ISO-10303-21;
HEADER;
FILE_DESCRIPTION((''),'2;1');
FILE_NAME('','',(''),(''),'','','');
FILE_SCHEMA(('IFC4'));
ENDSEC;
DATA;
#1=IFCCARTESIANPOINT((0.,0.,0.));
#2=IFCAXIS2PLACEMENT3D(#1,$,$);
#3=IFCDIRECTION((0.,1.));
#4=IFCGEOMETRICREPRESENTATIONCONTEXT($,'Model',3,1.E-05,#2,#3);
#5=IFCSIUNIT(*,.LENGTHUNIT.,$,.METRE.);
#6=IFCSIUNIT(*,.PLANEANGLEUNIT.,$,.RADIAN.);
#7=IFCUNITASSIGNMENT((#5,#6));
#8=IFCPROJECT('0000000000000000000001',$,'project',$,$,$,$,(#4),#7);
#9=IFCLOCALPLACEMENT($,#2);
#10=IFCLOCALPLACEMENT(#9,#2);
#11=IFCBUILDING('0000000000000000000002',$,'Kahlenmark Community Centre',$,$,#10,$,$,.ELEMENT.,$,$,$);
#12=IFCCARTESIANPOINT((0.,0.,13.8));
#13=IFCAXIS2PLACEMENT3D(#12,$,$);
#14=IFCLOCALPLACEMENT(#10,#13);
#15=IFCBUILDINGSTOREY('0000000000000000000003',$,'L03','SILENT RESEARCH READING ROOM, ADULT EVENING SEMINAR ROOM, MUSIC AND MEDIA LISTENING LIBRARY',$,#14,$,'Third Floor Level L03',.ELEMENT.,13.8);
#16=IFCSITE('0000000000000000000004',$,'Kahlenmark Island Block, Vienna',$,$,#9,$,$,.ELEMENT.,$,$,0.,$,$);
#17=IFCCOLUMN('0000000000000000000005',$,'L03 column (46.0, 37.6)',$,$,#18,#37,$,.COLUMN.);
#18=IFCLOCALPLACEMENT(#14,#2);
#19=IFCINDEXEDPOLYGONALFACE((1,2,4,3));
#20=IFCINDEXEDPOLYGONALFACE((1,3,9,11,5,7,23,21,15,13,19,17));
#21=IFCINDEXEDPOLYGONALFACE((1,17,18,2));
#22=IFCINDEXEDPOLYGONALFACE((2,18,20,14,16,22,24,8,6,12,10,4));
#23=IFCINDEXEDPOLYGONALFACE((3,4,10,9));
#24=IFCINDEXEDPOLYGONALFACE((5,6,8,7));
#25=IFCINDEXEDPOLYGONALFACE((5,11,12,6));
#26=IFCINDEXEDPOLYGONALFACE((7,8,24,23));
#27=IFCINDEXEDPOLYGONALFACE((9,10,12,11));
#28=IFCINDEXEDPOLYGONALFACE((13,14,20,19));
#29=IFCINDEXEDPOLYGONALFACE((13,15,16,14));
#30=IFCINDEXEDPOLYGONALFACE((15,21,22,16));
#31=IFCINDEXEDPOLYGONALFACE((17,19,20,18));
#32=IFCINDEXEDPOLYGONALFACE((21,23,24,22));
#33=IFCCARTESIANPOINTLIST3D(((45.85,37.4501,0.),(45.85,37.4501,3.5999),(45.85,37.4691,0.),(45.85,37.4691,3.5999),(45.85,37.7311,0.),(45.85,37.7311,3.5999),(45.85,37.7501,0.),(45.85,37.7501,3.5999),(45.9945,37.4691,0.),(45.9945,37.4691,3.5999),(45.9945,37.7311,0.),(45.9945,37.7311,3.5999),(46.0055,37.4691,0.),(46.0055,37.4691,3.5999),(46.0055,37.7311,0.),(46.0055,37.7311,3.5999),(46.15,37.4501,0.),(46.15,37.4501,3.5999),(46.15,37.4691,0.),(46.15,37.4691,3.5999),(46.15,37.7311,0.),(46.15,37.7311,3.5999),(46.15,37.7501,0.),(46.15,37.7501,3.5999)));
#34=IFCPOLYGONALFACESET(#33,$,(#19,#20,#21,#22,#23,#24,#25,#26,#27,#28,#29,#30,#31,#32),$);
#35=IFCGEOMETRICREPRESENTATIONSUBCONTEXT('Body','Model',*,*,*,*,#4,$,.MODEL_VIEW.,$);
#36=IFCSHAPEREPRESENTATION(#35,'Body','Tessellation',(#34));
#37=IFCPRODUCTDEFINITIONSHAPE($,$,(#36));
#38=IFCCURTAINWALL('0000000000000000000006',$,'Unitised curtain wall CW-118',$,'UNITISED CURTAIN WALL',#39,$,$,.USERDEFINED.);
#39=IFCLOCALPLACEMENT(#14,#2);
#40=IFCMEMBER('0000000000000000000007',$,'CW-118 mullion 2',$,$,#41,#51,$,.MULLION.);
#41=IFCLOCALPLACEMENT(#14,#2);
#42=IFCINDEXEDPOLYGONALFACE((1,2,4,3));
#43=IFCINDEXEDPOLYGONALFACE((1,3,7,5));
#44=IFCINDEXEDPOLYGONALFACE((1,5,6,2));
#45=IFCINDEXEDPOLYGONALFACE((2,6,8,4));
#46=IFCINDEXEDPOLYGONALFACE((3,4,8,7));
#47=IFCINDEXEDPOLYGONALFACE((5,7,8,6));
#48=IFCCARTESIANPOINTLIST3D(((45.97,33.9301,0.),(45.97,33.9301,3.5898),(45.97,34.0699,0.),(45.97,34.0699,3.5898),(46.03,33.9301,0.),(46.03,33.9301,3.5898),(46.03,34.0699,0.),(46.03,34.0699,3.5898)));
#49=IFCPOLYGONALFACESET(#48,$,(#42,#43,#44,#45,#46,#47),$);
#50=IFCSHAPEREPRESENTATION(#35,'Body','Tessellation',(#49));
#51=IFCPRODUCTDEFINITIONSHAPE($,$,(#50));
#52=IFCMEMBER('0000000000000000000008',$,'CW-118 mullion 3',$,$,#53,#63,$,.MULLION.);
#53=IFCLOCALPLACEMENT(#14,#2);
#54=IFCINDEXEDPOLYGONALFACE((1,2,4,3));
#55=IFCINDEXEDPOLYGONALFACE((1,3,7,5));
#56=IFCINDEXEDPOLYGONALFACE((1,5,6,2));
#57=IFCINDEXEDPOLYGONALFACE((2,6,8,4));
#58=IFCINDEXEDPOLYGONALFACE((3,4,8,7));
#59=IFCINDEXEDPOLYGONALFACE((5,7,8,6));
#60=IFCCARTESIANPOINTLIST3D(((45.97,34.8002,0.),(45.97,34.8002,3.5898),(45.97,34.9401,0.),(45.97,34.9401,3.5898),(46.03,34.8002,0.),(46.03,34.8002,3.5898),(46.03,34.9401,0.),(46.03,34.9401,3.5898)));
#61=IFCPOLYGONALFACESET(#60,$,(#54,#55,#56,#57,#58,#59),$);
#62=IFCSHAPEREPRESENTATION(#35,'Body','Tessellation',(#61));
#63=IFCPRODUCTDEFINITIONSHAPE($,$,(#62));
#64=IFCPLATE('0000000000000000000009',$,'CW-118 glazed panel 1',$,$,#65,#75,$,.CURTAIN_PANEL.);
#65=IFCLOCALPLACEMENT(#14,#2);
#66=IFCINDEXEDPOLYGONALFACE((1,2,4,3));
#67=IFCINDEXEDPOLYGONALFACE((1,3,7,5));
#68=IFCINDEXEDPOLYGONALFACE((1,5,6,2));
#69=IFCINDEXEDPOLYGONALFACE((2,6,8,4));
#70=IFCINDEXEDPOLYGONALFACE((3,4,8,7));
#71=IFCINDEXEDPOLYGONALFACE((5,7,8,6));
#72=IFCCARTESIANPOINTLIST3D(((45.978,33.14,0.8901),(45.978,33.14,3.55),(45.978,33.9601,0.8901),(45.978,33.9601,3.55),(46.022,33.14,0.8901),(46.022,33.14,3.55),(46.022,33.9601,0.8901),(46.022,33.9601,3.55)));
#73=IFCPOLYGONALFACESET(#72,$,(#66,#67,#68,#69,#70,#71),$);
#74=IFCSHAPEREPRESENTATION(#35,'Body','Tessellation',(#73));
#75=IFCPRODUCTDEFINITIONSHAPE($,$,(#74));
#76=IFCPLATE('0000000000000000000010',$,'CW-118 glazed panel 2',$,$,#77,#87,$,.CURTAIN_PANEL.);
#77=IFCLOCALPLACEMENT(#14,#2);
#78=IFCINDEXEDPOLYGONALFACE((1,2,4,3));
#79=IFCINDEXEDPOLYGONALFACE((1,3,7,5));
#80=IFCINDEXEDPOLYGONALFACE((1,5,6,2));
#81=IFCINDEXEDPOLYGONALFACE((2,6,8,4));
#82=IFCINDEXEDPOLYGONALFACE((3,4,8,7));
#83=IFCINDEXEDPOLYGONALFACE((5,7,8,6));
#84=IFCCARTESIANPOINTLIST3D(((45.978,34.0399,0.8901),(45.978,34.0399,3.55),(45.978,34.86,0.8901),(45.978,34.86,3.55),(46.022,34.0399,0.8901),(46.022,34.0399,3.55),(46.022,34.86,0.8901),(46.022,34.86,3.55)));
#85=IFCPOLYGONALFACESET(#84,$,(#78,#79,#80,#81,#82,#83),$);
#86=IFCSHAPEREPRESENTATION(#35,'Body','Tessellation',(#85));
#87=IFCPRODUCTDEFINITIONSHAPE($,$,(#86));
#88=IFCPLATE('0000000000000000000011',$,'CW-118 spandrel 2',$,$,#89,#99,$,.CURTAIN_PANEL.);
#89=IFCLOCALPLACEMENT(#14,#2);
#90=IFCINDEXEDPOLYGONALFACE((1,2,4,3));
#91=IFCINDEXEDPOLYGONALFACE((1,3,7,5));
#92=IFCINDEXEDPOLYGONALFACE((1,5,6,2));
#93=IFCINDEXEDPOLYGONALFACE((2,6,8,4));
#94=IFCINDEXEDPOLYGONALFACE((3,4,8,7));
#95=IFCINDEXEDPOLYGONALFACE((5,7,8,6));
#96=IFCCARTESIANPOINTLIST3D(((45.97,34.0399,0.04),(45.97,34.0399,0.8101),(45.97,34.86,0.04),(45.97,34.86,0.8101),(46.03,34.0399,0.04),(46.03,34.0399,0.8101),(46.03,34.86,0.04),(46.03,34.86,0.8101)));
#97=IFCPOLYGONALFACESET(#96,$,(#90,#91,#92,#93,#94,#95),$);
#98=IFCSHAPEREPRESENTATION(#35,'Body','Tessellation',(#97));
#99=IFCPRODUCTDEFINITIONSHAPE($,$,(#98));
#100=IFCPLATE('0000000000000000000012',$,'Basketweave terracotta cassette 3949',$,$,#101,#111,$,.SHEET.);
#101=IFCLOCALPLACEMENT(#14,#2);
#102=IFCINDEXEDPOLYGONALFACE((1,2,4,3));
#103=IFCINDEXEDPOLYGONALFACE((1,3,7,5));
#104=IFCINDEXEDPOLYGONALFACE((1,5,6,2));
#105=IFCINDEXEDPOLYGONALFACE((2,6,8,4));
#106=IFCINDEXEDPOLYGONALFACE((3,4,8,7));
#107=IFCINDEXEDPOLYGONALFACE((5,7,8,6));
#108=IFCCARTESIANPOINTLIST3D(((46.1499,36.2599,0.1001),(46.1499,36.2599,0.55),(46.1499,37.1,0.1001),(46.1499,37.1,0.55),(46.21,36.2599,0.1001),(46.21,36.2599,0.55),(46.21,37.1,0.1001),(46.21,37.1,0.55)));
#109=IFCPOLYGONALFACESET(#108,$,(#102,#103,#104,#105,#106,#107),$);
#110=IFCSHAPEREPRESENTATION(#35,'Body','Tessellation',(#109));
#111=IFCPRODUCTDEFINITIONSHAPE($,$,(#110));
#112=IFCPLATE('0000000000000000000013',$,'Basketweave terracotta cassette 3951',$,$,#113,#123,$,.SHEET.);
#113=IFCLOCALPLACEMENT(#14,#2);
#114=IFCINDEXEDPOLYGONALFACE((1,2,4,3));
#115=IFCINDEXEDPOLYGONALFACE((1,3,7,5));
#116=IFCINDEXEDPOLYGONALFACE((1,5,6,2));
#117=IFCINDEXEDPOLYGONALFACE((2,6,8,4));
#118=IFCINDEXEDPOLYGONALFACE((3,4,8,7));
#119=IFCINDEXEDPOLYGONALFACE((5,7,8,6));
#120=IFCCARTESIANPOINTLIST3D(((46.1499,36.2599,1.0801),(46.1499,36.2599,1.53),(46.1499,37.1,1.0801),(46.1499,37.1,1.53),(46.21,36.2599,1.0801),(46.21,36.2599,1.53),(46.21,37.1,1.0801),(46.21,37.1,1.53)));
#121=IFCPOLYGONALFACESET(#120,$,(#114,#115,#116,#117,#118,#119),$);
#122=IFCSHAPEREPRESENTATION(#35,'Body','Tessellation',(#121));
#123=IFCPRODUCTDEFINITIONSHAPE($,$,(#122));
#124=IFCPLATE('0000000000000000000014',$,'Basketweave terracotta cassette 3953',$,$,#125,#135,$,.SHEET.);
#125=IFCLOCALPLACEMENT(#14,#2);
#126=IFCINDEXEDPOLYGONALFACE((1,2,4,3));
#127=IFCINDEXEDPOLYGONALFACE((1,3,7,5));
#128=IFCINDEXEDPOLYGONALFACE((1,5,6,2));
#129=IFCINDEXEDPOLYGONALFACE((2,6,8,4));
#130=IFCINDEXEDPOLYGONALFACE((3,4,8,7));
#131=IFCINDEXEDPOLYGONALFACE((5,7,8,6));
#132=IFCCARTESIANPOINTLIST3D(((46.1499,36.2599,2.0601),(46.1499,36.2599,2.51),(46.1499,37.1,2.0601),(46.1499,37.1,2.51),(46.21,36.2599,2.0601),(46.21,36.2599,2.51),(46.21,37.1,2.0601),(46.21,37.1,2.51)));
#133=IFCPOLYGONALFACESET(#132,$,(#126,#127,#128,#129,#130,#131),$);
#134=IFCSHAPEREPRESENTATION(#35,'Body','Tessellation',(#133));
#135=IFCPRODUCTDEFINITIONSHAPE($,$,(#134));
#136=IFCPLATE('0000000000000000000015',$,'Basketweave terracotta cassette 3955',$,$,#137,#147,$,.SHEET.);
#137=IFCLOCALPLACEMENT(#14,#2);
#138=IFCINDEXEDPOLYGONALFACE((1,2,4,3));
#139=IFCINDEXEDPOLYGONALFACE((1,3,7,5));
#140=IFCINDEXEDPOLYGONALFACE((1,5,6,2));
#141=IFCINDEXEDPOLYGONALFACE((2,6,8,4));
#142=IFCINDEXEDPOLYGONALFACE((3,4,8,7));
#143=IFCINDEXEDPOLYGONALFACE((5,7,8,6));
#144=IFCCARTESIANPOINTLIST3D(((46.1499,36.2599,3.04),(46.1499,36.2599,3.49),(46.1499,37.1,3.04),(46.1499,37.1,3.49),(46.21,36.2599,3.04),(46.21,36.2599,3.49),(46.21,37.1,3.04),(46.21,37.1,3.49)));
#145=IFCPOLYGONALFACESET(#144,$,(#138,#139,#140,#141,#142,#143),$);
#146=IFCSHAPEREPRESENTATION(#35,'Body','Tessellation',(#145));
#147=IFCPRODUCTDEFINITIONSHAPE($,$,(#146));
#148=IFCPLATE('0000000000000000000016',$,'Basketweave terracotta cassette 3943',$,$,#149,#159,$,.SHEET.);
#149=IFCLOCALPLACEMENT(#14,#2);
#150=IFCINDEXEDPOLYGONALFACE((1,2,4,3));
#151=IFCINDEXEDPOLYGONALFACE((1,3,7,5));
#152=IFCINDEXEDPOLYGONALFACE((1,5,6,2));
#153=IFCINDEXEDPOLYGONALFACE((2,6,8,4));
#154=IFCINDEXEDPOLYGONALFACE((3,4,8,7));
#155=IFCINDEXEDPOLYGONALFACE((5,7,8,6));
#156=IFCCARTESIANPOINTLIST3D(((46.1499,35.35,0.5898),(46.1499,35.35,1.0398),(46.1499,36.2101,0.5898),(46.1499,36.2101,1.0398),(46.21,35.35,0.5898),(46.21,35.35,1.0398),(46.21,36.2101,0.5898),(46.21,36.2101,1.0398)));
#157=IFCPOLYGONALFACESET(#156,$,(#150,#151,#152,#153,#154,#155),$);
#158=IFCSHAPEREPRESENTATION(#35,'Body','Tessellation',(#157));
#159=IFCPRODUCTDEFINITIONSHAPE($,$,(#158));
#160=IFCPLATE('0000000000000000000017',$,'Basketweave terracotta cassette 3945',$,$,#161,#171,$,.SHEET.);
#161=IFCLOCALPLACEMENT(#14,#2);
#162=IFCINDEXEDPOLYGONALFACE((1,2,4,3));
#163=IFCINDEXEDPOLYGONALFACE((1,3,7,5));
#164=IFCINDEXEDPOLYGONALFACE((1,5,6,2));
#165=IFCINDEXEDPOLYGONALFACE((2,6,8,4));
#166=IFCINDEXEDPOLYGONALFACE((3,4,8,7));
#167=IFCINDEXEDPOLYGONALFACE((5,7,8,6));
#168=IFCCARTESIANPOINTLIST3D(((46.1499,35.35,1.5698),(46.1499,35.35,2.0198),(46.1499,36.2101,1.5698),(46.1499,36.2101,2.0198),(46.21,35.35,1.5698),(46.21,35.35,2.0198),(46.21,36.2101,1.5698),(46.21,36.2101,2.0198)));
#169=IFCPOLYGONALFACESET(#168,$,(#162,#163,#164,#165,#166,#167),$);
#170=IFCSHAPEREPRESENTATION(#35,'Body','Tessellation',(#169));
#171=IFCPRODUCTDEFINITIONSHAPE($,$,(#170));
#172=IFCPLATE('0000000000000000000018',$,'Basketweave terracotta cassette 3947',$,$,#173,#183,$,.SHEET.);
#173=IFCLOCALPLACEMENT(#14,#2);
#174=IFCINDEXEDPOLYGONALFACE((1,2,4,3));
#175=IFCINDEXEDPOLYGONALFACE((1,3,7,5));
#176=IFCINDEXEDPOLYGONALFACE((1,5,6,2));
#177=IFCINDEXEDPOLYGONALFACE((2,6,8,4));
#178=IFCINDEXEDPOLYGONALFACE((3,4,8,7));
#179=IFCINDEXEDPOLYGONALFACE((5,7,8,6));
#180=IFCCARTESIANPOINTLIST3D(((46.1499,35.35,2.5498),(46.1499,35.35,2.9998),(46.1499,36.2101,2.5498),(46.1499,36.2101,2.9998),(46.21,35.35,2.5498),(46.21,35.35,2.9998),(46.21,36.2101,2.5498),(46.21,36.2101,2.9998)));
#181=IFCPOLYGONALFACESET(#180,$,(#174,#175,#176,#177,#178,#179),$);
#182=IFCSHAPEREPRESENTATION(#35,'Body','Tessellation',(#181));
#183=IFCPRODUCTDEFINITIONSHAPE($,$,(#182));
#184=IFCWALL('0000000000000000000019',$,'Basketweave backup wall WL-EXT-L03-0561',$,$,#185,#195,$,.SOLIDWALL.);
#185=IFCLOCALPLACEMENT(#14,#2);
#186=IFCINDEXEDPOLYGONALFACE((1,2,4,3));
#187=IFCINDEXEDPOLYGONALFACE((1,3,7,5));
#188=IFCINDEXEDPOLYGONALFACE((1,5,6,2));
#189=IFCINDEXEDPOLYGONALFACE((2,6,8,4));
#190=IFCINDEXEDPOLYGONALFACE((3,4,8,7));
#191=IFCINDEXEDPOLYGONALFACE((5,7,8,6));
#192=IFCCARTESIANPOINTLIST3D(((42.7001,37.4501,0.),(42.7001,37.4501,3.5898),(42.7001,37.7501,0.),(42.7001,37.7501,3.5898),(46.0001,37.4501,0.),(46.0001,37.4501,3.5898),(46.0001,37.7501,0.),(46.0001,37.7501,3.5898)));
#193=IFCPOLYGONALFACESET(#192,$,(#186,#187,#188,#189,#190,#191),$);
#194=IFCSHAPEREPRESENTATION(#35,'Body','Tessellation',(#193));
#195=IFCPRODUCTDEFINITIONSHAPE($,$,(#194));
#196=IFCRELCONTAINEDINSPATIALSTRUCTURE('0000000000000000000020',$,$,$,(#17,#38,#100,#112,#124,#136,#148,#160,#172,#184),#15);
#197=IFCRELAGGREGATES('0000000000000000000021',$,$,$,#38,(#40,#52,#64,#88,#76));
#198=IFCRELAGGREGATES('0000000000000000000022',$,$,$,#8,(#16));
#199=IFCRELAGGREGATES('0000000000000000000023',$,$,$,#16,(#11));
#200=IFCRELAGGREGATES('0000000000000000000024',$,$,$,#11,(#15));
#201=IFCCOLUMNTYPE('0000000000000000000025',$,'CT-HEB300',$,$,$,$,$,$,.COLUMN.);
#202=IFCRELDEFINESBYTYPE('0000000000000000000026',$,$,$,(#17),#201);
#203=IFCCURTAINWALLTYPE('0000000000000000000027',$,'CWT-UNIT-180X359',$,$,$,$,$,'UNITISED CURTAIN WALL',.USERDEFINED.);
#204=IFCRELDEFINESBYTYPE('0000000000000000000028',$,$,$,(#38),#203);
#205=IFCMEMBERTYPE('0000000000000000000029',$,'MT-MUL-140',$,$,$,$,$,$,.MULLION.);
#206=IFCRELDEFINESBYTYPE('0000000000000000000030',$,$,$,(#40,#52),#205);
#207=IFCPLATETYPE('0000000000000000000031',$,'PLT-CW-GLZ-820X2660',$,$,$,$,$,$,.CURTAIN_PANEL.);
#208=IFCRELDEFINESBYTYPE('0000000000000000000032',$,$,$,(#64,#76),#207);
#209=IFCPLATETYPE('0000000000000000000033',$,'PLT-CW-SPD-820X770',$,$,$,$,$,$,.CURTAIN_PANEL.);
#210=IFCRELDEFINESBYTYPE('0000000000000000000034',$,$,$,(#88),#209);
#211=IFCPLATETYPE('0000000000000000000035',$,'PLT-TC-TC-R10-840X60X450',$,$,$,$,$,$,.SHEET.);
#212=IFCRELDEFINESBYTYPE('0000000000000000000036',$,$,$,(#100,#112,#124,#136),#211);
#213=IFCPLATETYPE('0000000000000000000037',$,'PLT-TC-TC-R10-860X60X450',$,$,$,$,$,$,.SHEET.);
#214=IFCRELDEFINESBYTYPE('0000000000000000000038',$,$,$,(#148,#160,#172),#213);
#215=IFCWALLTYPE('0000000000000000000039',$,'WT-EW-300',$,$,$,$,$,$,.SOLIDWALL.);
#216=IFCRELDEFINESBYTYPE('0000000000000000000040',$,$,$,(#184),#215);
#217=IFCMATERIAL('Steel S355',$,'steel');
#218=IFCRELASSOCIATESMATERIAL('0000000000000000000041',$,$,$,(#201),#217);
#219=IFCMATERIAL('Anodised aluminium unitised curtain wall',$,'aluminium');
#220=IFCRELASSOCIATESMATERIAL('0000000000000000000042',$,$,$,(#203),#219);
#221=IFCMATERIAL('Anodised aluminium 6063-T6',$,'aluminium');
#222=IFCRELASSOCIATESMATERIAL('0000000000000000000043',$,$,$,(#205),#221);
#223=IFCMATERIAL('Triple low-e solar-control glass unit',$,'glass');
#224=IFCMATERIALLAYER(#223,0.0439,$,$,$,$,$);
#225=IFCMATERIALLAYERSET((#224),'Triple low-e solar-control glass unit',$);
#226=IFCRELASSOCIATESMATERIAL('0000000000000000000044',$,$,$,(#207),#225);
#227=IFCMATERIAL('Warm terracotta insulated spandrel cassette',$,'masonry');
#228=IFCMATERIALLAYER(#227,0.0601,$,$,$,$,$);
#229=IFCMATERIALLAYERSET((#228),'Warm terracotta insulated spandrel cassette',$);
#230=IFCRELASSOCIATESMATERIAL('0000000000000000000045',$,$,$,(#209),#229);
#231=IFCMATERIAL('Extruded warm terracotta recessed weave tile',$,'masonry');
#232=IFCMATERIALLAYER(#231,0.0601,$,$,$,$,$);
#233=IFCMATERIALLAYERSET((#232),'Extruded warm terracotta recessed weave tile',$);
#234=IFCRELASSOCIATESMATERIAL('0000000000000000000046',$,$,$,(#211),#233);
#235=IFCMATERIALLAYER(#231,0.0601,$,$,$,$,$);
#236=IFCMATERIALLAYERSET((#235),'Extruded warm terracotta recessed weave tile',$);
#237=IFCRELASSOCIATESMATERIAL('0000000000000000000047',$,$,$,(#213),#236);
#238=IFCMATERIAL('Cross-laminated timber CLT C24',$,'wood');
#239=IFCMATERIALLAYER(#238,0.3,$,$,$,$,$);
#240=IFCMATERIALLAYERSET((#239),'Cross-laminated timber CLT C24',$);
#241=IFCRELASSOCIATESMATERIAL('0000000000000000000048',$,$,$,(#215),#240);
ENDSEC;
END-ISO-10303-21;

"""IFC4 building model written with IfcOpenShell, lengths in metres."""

from ifc_helpers import new_model, si_unit, direction, frame, frame_2d, origin, origin_2d, place, context, subcontext, project, spatial, rectangle, i_section, extrude, material, layer, layer_set, material_profile, profile_set, type_object, element, aggregate, save


model = new_model("IFC4")

# Units and contexts
model_context = context("Model", 3, precision=1e-05, world=origin(), true_north=direction((0.0, 1.0)))
body_context = subcontext(model_context, "Body", "Model", "MODEL_VIEW")
ifc_project = project(units=[si_unit("LENGTHUNIT", "METRE"), si_unit("PLANEANGLEUNIT", "RADIAN")], contexts=[model_context])

# Site, building, storey
site_placement = place(None, origin())
site = spatial("IfcSite", under=ifc_project, at=site_placement, Name="Kahlenmark Island Block, Vienna", CompositionType="ELEMENT", RefElevation=0.0)
building_placement = place(site_placement, origin())
building = spatial("IfcBuilding", under=site, at=building_placement, Name="Kahlenmark Community Centre", CompositionType="ELEMENT")
storey_placement = place(building_placement, frame((0.0, 0.0, 13.8)))
storey = spatial("IfcBuildingStorey", under=building, at=storey_placement, Name="L03", Description="SILENT RESEARCH READING ROOM, ADULT EVENING SEMINAR ROOM, MUSIC AND MEDIA LISTENING LIBRARY", LongName="Third Floor Level L03", CompositionType="ELEMENT", Elevation=13.8)

# Column
ifc_material_1 = material(Name="Steel S355", Category="steel")
ifc_material_profile_1 = material_profile(ifc_material_1, i_section(OverallWidth=0.3, OverallDepth=0.3, WebThickness=0.011, FlangeThickness=0.019, at=origin_2d()), Name="HEB 300")
ifc_profile_set_1 = profile_set([ifc_material_profile_1], Name="Steel S355")
column_type = type_object("IfcColumnType", Name="CT-HEB300", PredefinedType="COLUMN", material=ifc_profile_set_1)
column_placement = place(storey_placement, frame((46.0, 37.6001, 0.0), z_axis=(0.0, 0.0, 1.0), x_axis=(1.0, 0.0, 0.0)))
element("IfcColumn", 1, at=column_placement, inside=storey, type_object=column_type, Name="L03 column (46.0, 37.6)", PredefinedType="COLUMN", context=body_context, shape_type="SweptSolid", body=[
    extrude(i_section(OverallWidth=0.3, OverallDepth=0.3, WebThickness=0.011, FlangeThickness=0.019, at=origin_2d()), origin(), (0.0, 0.0, 1.0), 3.5999),
])

# Curtain wall, members, plates
ifc_material_2 = material(Name="Anodised aluminium unitised curtain wall", Category="aluminium")
curtain_wall_type = type_object("IfcCurtainWallType", Name="CWT-UNIT-180X359", ElementType="UNITISED CURTAIN WALL", PredefinedType="USERDEFINED", material=ifc_material_2)
curtain_wall_placement = place(storey_placement, origin())
curtain_wall = element("IfcCurtainWall", 2, at=curtain_wall_placement, inside=storey, type_object=curtain_wall_type, Name="Unitised curtain wall CW-118", ObjectType="UNITISED CURTAIN WALL", PredefinedType="USERDEFINED")
ifc_material_3 = material(Name="Anodised aluminium 6063-T6", Category="aluminium")
ifc_material_profile_2 = material_profile(ifc_material_3, rectangle(XDim=0.0601, YDim=0.1399, at=origin_2d()), Name="ALU MULLION 60x140")
ifc_profile_set_2 = profile_set([ifc_material_profile_2], Name="Anodised aluminium 6063-T6")
member_type = type_object("IfcMemberType", Name="MT-MUL-140", PredefinedType="MULLION", material=ifc_profile_set_2)
member_1_placement = place(storey_placement, frame((46.0, 34.0, 0.0), z_axis=(0.0, 0.0, 1.0), x_axis=(-1.0, 0.0, 0.0)))
member_1 = element("IfcMember", 3, at=member_1_placement, type_object=member_type, Name="CW-118 mullion 2", PredefinedType="MULLION", context=body_context, shape_type="SweptSolid", body=[
    extrude(rectangle(XDim=0.0601, YDim=0.1399, at=origin_2d()), origin(), (0.0, 0.0, 1.0), 3.5898),
])
member_2_placement = place(storey_placement, frame((46.0, 34.8701, 0.0), z_axis=(0.0, 0.0, 1.0), x_axis=(-1.0, 0.0, 0.0)))
member_2 = element("IfcMember", 4, at=member_2_placement, type_object=member_type, Name="CW-118 mullion 3", PredefinedType="MULLION", context=body_context, shape_type="SweptSolid", body=[
    extrude(rectangle(XDim=0.0601, YDim=0.1399, at=origin_2d()), origin(), (0.0, 0.0, 1.0), 3.5898),
])
ifc_material_4 = material(Name="Triple low-e solar-control glass unit", Category="glass")
ifc_layer_1 = layer(ifc_material_4, 0.0439)
ifc_layer_set_1 = layer_set([ifc_layer_1], Name="Triple low-e solar-control glass unit")
plate_type_1 = type_object("IfcPlateType", Name="PLT-CW-GLZ-820X2660", PredefinedType="CURTAIN_PANEL", material=ifc_layer_set_1)
plate_1_placement = place(storey_placement, frame((46.0, 33.55, 0.8901), z_axis=(0.0, 0.0, 1.0), x_axis=(0.0, 1.0, 0.0)))
plate_1 = element("IfcPlate", 5, at=plate_1_placement, type_object=plate_type_1, Name="CW-118 glazed panel 1", PredefinedType="CURTAIN_PANEL", context=body_context, shape_type="SweptSolid", body=[
    extrude(rectangle(XDim=0.8201, YDim=0.0439, at=origin_2d()), origin(), (0.0, 0.0, 1.0), 2.6599),
])
plate_2_placement = place(storey_placement, frame((46.0, 34.45, 0.8901), z_axis=(0.0, 0.0, 1.0), x_axis=(0.0, 1.0, 0.0)))
plate_2 = element("IfcPlate", 6, at=plate_2_placement, type_object=plate_type_1, Name="CW-118 glazed panel 2", PredefinedType="CURTAIN_PANEL", context=body_context, shape_type="SweptSolid", body=[
    extrude(rectangle(XDim=0.8201, YDim=0.0439, at=origin_2d()), origin(), (0.0, 0.0, 1.0), 2.6599),
])
ifc_material_5 = material(Name="Warm terracotta insulated spandrel cassette", Category="masonry")
ifc_layer_2 = layer(ifc_material_5, 0.0601)
ifc_layer_set_2 = layer_set([ifc_layer_2], Name="Warm terracotta insulated spandrel cassette")
plate_type_2 = type_object("IfcPlateType", Name="PLT-CW-SPD-820X770", PredefinedType="CURTAIN_PANEL", material=ifc_layer_set_2)
plate_3_placement = place(storey_placement, frame((46.0, 34.45, 0.04), z_axis=(0.0, 0.0, 1.0), x_axis=(0.0, 1.0, 0.0)))
plate_3 = element("IfcPlate", 7, at=plate_3_placement, type_object=plate_type_2, Name="CW-118 spandrel 2", PredefinedType="CURTAIN_PANEL", context=body_context, shape_type="SweptSolid", body=[
    extrude(rectangle(XDim=0.8201, YDim=0.0601, at=origin_2d()), origin(), (0.0, 0.0, 1.0), 0.77),
])
aggregate(curtain_wall, [member_1, member_2, plate_1, plate_3, plate_2])

# Plates
ifc_material_6 = material(Name="Extruded warm terracotta recessed weave tile", Category="masonry")
ifc_layer_3 = layer(ifc_material_6, 0.0601)
ifc_layer_set_3 = layer_set([ifc_layer_3], Name="Extruded warm terracotta recessed weave tile")
plate_type_3 = type_object("IfcPlateType", Name="PLT-TC-TC-R10-840X60X450", PredefinedType="SHEET", material=ifc_layer_set_3)
for number, where, z_axis, x_axis, name in (
    (8, (46.1799, 36.6799, 0.1001), (0.0, 0.0, 1.0), (0.0, 1.0, 0.0), "Basketweave terracotta cassette 3949"),
    (9, (46.1799, 36.6799, 1.0801), (0.0, 0.0, 1.0), (0.0, 1.0, 0.0), "Basketweave terracotta cassette 3951"),
    (10, (46.1799, 36.6799, 2.0601), (0.0, 0.0, 1.0), (0.0, 1.0, 0.0), "Basketweave terracotta cassette 3953"),
    (11, (46.1799, 36.6799, 3.04), (0.0, 0.0, 1.0), (0.0, 1.0, 0.0), "Basketweave terracotta cassette 3955"),
):
    element("IfcPlate", number, at=place(storey_placement, frame(where, z_axis=z_axis, x_axis=x_axis)), inside=storey, type_object=plate_type_3, Name=name, PredefinedType="SHEET", context=body_context, shape_type="SweptSolid", body=[
        extrude(rectangle(XDim=0.8401, YDim=0.0601, at=origin_2d()), origin(), (0.0, 0.0, 1.0), 0.45),
    ])
ifc_layer_4 = layer(ifc_material_6, 0.0601)
ifc_layer_set_4 = layer_set([ifc_layer_4], Name="Extruded warm terracotta recessed weave tile")
plate_type_4 = type_object("IfcPlateType", Name="PLT-TC-TC-R10-860X60X450", PredefinedType="SHEET", material=ifc_layer_set_4)
for number, where, z_axis, x_axis, name in (
    (12, (46.1799, 35.78, 0.5898), (0.0, 0.0, 1.0), (0.0, 1.0, 0.0), "Basketweave terracotta cassette 3943"),
    (13, (46.1799, 35.78, 1.5698), (0.0, 0.0, 1.0), (0.0, 1.0, 0.0), "Basketweave terracotta cassette 3945"),
    (14, (46.1799, 35.78, 2.5498), (0.0, 0.0, 1.0), (0.0, 1.0, 0.0), "Basketweave terracotta cassette 3947"),
):
    element("IfcPlate", number, at=place(storey_placement, frame(where, z_axis=z_axis, x_axis=x_axis)), inside=storey, type_object=plate_type_4, Name=name, PredefinedType="SHEET", context=body_context, shape_type="SweptSolid", body=[
        extrude(rectangle(XDim=0.8601, YDim=0.0601, at=origin_2d()), origin(), (0.0, 0.0, 1.0), 0.45),
    ])

# Wall
ifc_material_7 = material(Name="Cross-laminated timber CLT C24", Category="wood")
ifc_layer_5 = layer(ifc_material_7, 0.3)
ifc_layer_set_5 = layer_set([ifc_layer_5], Name="Cross-laminated timber CLT C24")
wall_type = type_object("IfcWallType", Name="WT-EW-300", PredefinedType="SOLIDWALL", material=ifc_layer_set_5)
wall_1_placement = place(storey_placement, frame((46.0, 37.6001, 0.0), z_axis=(0.0, 0.0, 1.0), x_axis=(-1.0, 0.0, 0.0)))
element("IfcWall", 15, at=wall_1_placement, inside=storey, type_object=wall_type, Name="Basketweave backup wall WL-EXT-L03-0561", PredefinedType="SOLIDWALL", context=body_context, shape_type="SweptSolid", body=[
    extrude(rectangle(XDim=3.3, YDim=0.3, at=frame_2d((1.6499, 0.0))), origin(), (0.0, 0.0, 1.0), 3.5898),
])

save(model, "model.ifc")
